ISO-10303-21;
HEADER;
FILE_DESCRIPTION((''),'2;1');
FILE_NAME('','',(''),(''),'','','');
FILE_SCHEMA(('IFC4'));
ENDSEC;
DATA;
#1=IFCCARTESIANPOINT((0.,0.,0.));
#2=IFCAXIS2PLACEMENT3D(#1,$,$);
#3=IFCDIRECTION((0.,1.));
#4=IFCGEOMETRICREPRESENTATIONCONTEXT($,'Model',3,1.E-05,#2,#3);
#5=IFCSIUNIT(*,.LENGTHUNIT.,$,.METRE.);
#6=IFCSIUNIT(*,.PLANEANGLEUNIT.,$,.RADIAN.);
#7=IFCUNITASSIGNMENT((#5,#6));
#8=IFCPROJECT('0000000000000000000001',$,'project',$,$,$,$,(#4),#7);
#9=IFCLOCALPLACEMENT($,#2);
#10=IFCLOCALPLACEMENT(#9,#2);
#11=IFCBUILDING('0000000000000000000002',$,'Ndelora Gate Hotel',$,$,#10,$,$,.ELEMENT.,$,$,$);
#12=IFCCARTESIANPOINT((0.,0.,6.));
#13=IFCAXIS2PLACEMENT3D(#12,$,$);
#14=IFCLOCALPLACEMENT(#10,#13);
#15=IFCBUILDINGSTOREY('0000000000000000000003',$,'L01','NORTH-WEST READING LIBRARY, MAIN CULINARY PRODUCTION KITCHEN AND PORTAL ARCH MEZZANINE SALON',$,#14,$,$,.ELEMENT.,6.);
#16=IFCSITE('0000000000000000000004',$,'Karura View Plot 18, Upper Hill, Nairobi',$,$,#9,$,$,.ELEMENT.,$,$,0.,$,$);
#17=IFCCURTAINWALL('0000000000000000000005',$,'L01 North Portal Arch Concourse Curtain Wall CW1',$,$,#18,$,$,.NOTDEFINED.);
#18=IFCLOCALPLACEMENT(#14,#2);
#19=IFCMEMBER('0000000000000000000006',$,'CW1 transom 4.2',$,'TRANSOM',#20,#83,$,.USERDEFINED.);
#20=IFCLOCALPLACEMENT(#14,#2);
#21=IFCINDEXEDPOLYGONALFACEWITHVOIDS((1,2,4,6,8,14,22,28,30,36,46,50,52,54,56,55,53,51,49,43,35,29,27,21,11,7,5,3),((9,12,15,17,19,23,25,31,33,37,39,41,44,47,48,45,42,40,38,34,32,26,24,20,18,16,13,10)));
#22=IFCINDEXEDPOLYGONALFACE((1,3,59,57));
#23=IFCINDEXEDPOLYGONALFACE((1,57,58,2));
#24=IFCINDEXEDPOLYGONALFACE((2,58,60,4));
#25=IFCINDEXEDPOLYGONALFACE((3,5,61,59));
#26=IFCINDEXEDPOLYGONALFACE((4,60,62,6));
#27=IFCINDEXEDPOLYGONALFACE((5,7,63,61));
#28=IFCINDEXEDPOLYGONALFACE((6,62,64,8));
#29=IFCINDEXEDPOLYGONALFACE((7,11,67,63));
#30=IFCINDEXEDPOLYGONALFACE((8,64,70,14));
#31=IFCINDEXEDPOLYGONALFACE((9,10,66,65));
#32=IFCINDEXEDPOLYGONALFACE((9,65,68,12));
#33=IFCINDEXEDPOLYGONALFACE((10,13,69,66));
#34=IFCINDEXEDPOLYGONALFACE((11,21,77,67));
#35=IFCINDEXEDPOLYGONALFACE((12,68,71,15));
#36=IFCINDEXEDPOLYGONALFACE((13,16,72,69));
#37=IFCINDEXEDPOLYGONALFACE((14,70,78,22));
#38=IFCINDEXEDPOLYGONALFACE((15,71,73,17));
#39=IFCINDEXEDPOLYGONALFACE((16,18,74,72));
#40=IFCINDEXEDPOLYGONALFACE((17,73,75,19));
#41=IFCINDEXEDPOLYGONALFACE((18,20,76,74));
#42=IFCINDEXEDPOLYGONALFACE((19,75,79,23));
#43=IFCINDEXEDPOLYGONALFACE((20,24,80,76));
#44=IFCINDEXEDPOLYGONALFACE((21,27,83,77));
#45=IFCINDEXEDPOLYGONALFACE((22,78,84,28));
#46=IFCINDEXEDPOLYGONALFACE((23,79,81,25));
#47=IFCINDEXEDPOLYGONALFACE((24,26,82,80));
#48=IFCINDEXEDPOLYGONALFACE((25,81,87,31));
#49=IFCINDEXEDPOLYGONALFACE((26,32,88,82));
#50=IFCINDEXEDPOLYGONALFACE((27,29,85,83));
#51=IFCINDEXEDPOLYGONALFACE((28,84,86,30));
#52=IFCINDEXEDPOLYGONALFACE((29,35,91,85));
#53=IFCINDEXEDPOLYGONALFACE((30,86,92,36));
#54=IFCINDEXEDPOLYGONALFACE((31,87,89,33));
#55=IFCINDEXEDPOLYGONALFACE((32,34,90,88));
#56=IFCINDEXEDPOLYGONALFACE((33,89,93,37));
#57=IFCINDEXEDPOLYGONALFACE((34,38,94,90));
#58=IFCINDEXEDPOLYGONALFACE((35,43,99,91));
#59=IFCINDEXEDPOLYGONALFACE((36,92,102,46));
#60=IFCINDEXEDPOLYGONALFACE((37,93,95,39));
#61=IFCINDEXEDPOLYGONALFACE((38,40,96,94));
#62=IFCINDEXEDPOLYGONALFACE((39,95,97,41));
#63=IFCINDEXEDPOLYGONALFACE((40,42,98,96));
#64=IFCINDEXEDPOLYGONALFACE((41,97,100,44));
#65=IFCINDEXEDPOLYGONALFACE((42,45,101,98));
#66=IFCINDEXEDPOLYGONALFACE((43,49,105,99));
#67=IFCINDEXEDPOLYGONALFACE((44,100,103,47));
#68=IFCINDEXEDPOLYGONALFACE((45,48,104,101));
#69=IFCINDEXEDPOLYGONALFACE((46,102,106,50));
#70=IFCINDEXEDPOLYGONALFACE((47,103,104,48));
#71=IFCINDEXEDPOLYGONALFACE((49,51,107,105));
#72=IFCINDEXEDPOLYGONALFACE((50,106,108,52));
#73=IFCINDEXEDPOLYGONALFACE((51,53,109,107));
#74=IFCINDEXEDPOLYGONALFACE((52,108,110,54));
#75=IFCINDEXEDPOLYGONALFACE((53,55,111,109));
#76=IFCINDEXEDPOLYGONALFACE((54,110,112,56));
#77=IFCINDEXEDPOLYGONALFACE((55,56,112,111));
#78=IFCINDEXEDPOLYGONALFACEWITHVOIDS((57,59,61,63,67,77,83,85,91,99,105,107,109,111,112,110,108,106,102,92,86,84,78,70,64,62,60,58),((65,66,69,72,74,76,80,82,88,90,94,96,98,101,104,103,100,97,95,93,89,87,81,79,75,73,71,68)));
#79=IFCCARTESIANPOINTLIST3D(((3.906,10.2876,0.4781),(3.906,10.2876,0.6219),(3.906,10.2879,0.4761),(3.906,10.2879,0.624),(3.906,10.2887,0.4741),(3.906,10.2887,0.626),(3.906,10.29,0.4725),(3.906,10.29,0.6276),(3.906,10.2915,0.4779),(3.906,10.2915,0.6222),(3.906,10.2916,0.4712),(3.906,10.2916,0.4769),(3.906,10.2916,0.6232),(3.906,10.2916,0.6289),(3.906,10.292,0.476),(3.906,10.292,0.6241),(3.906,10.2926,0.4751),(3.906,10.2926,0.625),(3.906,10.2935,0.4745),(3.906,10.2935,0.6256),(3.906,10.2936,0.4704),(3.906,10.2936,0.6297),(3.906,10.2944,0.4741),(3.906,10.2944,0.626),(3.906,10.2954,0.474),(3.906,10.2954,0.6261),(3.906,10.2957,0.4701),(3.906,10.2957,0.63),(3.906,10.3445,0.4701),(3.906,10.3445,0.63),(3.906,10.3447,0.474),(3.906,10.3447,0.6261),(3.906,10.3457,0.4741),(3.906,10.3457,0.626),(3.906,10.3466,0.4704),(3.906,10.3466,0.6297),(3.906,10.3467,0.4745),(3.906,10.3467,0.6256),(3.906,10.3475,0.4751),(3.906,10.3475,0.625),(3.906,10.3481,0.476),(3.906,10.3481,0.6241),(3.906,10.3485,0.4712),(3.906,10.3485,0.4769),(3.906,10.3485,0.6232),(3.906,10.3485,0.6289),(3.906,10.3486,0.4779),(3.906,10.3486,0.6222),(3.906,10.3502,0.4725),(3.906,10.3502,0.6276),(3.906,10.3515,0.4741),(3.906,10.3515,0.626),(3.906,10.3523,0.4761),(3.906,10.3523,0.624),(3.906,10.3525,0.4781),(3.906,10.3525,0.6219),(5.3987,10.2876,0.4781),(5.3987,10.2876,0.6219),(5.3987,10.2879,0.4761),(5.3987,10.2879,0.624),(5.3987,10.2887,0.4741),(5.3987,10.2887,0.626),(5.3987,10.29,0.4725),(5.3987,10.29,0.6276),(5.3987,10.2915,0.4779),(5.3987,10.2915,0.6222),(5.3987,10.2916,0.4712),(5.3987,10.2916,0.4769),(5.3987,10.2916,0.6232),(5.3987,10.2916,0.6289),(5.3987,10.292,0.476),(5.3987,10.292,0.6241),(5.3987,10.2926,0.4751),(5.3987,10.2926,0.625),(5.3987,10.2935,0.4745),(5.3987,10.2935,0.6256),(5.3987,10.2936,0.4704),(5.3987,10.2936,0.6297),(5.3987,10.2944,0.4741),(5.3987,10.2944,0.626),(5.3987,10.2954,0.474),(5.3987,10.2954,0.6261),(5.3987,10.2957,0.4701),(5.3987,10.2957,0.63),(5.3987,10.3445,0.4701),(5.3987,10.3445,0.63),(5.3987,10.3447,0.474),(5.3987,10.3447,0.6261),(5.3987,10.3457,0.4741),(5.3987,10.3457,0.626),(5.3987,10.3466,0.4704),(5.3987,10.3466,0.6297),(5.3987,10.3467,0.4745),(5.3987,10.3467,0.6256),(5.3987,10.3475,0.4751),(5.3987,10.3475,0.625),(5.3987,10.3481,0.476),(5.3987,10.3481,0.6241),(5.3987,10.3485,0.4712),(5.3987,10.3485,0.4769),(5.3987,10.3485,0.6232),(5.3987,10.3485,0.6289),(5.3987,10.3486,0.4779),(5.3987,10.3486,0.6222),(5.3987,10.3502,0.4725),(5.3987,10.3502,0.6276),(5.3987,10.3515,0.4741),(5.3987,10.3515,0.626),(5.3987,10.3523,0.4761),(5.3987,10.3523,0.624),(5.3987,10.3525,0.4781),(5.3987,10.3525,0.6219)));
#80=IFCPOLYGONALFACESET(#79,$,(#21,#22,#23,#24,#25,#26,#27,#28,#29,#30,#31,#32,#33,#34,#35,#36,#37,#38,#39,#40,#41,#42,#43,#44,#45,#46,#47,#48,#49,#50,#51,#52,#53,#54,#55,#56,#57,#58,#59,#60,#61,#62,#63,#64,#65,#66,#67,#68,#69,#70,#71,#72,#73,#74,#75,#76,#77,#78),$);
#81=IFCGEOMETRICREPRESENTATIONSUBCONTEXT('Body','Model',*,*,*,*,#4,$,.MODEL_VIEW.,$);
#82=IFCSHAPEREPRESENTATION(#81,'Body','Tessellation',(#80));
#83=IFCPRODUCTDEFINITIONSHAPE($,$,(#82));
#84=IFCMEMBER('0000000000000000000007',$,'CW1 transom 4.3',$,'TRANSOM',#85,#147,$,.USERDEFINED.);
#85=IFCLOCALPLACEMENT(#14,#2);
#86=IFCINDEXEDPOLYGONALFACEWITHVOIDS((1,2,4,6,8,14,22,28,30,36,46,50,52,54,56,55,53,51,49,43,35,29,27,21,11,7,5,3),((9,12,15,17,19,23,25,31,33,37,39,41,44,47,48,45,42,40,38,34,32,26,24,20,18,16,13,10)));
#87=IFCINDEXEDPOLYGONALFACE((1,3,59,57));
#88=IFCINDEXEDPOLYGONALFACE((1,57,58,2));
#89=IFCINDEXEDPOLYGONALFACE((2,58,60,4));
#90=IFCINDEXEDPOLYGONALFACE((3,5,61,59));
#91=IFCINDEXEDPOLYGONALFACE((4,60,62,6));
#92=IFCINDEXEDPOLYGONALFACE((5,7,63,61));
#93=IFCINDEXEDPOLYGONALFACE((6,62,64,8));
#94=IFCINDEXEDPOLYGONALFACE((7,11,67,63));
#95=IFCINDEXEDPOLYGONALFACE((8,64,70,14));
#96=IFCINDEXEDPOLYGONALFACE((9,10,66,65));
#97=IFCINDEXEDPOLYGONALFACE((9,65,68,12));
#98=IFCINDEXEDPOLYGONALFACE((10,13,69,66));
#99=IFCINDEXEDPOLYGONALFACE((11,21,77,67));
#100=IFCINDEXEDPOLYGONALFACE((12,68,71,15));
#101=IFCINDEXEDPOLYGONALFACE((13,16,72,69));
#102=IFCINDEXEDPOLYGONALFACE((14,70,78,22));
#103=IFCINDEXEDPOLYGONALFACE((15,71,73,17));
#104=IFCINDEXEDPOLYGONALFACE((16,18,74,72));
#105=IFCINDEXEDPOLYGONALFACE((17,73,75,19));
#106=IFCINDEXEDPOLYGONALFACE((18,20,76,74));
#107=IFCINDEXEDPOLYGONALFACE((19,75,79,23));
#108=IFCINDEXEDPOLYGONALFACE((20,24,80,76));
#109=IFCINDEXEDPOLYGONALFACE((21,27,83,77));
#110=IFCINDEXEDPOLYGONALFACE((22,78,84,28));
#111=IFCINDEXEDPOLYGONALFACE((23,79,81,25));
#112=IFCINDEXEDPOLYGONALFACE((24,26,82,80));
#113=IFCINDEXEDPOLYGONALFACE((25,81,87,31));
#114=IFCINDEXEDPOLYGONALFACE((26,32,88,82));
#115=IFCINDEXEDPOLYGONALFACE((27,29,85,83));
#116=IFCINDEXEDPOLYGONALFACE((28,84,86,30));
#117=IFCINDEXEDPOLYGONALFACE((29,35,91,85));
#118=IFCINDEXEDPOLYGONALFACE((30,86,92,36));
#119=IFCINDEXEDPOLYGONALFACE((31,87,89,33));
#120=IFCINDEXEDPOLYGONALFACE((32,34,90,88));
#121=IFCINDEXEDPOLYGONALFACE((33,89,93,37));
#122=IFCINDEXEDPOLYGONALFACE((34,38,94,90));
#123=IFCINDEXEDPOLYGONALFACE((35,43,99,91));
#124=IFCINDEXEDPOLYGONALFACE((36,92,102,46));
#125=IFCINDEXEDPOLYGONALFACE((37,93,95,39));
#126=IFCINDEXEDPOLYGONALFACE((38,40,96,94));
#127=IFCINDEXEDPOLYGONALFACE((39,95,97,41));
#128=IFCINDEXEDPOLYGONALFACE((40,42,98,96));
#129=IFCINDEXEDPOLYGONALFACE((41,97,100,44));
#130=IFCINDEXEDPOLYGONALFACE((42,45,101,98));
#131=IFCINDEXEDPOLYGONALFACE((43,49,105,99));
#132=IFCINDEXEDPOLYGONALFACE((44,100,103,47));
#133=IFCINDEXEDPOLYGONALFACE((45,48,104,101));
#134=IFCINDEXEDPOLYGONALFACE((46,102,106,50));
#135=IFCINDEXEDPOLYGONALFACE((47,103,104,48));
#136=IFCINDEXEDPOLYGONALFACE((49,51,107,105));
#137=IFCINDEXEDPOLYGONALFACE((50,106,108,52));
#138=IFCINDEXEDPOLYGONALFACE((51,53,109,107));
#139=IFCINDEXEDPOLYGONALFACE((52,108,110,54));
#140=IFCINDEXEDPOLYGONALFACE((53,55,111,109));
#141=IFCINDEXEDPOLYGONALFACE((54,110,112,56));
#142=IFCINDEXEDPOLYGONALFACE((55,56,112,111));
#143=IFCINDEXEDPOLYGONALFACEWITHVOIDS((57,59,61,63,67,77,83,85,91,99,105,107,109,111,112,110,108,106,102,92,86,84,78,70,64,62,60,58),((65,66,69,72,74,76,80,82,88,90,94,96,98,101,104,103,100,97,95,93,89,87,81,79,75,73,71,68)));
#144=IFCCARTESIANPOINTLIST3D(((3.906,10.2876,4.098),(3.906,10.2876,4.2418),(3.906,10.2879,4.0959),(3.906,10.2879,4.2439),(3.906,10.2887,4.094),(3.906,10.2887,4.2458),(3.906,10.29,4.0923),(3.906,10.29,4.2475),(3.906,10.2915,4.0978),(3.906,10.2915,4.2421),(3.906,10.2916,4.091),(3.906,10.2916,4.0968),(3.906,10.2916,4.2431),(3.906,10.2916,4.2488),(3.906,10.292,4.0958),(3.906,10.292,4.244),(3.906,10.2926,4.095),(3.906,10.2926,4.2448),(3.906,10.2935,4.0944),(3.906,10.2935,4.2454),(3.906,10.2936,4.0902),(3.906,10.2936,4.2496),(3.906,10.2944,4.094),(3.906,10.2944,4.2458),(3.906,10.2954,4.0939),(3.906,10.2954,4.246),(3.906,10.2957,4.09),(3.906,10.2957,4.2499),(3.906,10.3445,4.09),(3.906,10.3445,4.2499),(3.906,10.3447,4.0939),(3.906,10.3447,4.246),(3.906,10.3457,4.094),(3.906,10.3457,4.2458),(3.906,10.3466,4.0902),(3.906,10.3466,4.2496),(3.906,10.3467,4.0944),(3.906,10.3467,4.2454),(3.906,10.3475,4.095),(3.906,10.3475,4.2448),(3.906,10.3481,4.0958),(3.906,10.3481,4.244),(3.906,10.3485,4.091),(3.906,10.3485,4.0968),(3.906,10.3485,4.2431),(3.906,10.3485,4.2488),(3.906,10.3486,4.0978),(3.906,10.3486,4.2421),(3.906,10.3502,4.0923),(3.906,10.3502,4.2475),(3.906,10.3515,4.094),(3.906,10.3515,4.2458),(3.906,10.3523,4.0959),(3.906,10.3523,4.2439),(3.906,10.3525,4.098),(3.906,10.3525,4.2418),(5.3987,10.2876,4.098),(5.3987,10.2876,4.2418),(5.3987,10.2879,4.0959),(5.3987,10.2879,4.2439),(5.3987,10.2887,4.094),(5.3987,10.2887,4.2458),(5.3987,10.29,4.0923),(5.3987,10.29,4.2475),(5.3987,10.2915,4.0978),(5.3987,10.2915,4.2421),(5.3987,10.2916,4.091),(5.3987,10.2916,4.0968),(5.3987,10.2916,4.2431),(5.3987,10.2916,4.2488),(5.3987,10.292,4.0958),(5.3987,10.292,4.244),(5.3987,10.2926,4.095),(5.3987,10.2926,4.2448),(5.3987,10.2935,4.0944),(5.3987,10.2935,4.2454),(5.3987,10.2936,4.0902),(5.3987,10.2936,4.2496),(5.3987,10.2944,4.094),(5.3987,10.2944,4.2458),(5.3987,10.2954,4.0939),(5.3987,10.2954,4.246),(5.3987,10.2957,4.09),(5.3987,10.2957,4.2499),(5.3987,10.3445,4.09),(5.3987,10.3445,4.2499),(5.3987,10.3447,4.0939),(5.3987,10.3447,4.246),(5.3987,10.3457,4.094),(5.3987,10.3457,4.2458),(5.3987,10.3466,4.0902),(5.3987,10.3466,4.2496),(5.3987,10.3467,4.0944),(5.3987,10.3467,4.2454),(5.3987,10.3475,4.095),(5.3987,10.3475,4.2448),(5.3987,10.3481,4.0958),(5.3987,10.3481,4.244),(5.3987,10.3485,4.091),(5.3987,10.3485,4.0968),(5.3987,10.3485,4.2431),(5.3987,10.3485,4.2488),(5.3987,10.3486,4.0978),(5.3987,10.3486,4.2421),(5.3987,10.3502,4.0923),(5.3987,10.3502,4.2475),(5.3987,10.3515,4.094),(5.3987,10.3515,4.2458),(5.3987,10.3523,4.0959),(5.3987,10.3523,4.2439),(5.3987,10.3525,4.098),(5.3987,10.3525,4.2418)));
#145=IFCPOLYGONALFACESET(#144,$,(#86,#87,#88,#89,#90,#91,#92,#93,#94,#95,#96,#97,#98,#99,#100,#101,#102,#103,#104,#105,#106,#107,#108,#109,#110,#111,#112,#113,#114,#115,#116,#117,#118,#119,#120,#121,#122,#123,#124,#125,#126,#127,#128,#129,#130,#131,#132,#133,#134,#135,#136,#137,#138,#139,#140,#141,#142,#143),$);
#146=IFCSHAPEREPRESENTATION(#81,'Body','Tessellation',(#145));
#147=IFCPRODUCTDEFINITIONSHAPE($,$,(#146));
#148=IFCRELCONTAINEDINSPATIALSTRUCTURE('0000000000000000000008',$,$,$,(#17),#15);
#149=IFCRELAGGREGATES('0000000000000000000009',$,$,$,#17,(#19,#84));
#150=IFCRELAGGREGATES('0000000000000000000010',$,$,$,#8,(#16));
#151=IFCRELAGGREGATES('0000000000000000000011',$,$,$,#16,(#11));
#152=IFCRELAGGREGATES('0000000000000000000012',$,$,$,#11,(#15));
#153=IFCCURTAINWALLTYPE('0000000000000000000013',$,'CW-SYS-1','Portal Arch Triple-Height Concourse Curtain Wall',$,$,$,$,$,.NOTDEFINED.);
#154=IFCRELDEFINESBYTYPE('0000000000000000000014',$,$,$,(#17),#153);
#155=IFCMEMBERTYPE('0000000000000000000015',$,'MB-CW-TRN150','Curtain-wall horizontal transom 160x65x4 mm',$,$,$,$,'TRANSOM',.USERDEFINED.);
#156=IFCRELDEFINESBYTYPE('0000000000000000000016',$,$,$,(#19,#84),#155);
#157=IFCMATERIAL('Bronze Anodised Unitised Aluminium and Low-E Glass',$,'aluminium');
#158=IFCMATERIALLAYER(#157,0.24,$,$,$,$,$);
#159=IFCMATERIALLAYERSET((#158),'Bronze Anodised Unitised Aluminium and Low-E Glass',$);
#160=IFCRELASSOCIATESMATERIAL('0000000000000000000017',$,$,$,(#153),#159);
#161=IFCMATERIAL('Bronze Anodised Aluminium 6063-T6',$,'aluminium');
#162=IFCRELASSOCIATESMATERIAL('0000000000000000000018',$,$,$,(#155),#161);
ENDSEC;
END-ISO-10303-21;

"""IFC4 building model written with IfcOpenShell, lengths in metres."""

from ifc_helpers import new_model, si_unit, direction, frame, origin, origin_2d, place, context, subcontext, project, spatial, hollow_rectangle, extrude, material, layer, layer_set, material_profile, profile_set, type_object, element, aggregate, save


model = new_model("IFC4")

# Units and contexts
model_context = context("Model", 3, precision=1e-05, world=origin(), true_north=direction((0.0, 1.0)))
body_context = subcontext(model_context, "Body", "Model", "MODEL_VIEW")
ifc_project = project(units=[si_unit("LENGTHUNIT", "METRE"), si_unit("PLANEANGLEUNIT", "RADIAN")], contexts=[model_context])

# Site, building, storey
site_placement = place(None, origin())
site = spatial("IfcSite", under=ifc_project, at=site_placement, Name="Karura View Plot 18, Upper Hill, Nairobi", CompositionType="ELEMENT", RefElevation=0.0)
building_placement = place(site_placement, origin())
building = spatial("IfcBuilding", under=site, at=building_placement, Name="Ndelora Gate Hotel", CompositionType="ELEMENT")
storey_placement = place(building_placement, frame((0.0, 0.0, 6.0)))
storey = spatial("IfcBuildingStorey", under=building, at=storey_placement, Name="L01", Description="NORTH-WEST READING LIBRARY, MAIN CULINARY PRODUCTION KITCHEN AND PORTAL ARCH MEZZANINE SALON", CompositionType="ELEMENT", Elevation=6.0)

# Curtain wall, members
ifc_material_1 = material(Name="Bronze Anodised Unitised Aluminium and Low-E Glass", Category="aluminium")
ifc_layer_1 = layer(ifc_material_1, 0.24)
ifc_layer_set_1 = layer_set([ifc_layer_1], Name="Bronze Anodised Unitised Aluminium and Low-E Glass")
curtain_wall_type = type_object("IfcCurtainWallType", Name="CW-SYS-1", Description="Portal Arch Triple-Height Concourse Curtain Wall", PredefinedType="NOTDEFINED", material=ifc_layer_set_1)
curtain_wall_placement = place(storey_placement, origin())
curtain_wall = element("IfcCurtainWall", 1, at=curtain_wall_placement, inside=storey, type_object=curtain_wall_type, Name="L01 North Portal Arch Concourse Curtain Wall CW1", PredefinedType="NOTDEFINED")
ifc_material_2 = material(Name="Bronze Anodised Aluminium 6063-T6", Category="aluminium")
ifc_material_profile_1 = material_profile(ifc_material_2, hollow_rectangle(XDim=0.0649, YDim=0.1599, WallThickness=0.0039, InnerFilletRadius=0.0039, OuterFilletRadius=0.0081, at=origin_2d()), Name="ALU 160x65x4")
ifc_profile_set_1 = profile_set([ifc_material_profile_1], Name="Bronze Anodised Aluminium 6063-T6")
member_type_1 = type_object("IfcMemberType", Name="MB-CW-TRN150", Description="Curtain-wall horizontal transom 160x65x4 mm", ElementType="TRANSOM", PredefinedType="USERDEFINED", material=ifc_profile_set_1)
member_1_placement = place(storey_placement, frame((5.3987, 10.3201, 0.55), z_axis=(-1.0, 0.0, 0.0), x_axis=(0.0, -1.0, 0.0)))
member_1 = element("IfcMember", 2, at=member_1_placement, type_object=member_type_1, Name="CW1 transom 4.2", ObjectType="TRANSOM", PredefinedType="USERDEFINED", context=body_context, shape_type="SweptSolid", body=[
    extrude(hollow_rectangle(XDim=0.0649, YDim=0.1599, WallThickness=0.0039, InnerFilletRadius=0.0039, OuterFilletRadius=0.0081, at=origin_2d()), origin(), (0.0, 0.0, 1.0), 1.4927),
])
member_2_placement = place(storey_placement, frame((5.3987, 10.3201, 4.1699), z_axis=(-1.0, 0.0, 0.0), x_axis=(0.0, -1.0, 0.0)))
member_2 = element("IfcMember", 3, at=member_2_placement, type_object=member_type_1, Name="CW1 transom 4.3", ObjectType="TRANSOM", PredefinedType="USERDEFINED", context=body_context, shape_type="SweptSolid", body=[
    extrude(hollow_rectangle(XDim=0.0649, YDim=0.1599, WallThickness=0.0039, InnerFilletRadius=0.0039, OuterFilletRadius=0.0081, at=origin_2d()), origin(), (0.0, 0.0, 1.0), 1.4927),
])
aggregate(curtain_wall, [member_1, member_2])

save(model, "model.ifc")
